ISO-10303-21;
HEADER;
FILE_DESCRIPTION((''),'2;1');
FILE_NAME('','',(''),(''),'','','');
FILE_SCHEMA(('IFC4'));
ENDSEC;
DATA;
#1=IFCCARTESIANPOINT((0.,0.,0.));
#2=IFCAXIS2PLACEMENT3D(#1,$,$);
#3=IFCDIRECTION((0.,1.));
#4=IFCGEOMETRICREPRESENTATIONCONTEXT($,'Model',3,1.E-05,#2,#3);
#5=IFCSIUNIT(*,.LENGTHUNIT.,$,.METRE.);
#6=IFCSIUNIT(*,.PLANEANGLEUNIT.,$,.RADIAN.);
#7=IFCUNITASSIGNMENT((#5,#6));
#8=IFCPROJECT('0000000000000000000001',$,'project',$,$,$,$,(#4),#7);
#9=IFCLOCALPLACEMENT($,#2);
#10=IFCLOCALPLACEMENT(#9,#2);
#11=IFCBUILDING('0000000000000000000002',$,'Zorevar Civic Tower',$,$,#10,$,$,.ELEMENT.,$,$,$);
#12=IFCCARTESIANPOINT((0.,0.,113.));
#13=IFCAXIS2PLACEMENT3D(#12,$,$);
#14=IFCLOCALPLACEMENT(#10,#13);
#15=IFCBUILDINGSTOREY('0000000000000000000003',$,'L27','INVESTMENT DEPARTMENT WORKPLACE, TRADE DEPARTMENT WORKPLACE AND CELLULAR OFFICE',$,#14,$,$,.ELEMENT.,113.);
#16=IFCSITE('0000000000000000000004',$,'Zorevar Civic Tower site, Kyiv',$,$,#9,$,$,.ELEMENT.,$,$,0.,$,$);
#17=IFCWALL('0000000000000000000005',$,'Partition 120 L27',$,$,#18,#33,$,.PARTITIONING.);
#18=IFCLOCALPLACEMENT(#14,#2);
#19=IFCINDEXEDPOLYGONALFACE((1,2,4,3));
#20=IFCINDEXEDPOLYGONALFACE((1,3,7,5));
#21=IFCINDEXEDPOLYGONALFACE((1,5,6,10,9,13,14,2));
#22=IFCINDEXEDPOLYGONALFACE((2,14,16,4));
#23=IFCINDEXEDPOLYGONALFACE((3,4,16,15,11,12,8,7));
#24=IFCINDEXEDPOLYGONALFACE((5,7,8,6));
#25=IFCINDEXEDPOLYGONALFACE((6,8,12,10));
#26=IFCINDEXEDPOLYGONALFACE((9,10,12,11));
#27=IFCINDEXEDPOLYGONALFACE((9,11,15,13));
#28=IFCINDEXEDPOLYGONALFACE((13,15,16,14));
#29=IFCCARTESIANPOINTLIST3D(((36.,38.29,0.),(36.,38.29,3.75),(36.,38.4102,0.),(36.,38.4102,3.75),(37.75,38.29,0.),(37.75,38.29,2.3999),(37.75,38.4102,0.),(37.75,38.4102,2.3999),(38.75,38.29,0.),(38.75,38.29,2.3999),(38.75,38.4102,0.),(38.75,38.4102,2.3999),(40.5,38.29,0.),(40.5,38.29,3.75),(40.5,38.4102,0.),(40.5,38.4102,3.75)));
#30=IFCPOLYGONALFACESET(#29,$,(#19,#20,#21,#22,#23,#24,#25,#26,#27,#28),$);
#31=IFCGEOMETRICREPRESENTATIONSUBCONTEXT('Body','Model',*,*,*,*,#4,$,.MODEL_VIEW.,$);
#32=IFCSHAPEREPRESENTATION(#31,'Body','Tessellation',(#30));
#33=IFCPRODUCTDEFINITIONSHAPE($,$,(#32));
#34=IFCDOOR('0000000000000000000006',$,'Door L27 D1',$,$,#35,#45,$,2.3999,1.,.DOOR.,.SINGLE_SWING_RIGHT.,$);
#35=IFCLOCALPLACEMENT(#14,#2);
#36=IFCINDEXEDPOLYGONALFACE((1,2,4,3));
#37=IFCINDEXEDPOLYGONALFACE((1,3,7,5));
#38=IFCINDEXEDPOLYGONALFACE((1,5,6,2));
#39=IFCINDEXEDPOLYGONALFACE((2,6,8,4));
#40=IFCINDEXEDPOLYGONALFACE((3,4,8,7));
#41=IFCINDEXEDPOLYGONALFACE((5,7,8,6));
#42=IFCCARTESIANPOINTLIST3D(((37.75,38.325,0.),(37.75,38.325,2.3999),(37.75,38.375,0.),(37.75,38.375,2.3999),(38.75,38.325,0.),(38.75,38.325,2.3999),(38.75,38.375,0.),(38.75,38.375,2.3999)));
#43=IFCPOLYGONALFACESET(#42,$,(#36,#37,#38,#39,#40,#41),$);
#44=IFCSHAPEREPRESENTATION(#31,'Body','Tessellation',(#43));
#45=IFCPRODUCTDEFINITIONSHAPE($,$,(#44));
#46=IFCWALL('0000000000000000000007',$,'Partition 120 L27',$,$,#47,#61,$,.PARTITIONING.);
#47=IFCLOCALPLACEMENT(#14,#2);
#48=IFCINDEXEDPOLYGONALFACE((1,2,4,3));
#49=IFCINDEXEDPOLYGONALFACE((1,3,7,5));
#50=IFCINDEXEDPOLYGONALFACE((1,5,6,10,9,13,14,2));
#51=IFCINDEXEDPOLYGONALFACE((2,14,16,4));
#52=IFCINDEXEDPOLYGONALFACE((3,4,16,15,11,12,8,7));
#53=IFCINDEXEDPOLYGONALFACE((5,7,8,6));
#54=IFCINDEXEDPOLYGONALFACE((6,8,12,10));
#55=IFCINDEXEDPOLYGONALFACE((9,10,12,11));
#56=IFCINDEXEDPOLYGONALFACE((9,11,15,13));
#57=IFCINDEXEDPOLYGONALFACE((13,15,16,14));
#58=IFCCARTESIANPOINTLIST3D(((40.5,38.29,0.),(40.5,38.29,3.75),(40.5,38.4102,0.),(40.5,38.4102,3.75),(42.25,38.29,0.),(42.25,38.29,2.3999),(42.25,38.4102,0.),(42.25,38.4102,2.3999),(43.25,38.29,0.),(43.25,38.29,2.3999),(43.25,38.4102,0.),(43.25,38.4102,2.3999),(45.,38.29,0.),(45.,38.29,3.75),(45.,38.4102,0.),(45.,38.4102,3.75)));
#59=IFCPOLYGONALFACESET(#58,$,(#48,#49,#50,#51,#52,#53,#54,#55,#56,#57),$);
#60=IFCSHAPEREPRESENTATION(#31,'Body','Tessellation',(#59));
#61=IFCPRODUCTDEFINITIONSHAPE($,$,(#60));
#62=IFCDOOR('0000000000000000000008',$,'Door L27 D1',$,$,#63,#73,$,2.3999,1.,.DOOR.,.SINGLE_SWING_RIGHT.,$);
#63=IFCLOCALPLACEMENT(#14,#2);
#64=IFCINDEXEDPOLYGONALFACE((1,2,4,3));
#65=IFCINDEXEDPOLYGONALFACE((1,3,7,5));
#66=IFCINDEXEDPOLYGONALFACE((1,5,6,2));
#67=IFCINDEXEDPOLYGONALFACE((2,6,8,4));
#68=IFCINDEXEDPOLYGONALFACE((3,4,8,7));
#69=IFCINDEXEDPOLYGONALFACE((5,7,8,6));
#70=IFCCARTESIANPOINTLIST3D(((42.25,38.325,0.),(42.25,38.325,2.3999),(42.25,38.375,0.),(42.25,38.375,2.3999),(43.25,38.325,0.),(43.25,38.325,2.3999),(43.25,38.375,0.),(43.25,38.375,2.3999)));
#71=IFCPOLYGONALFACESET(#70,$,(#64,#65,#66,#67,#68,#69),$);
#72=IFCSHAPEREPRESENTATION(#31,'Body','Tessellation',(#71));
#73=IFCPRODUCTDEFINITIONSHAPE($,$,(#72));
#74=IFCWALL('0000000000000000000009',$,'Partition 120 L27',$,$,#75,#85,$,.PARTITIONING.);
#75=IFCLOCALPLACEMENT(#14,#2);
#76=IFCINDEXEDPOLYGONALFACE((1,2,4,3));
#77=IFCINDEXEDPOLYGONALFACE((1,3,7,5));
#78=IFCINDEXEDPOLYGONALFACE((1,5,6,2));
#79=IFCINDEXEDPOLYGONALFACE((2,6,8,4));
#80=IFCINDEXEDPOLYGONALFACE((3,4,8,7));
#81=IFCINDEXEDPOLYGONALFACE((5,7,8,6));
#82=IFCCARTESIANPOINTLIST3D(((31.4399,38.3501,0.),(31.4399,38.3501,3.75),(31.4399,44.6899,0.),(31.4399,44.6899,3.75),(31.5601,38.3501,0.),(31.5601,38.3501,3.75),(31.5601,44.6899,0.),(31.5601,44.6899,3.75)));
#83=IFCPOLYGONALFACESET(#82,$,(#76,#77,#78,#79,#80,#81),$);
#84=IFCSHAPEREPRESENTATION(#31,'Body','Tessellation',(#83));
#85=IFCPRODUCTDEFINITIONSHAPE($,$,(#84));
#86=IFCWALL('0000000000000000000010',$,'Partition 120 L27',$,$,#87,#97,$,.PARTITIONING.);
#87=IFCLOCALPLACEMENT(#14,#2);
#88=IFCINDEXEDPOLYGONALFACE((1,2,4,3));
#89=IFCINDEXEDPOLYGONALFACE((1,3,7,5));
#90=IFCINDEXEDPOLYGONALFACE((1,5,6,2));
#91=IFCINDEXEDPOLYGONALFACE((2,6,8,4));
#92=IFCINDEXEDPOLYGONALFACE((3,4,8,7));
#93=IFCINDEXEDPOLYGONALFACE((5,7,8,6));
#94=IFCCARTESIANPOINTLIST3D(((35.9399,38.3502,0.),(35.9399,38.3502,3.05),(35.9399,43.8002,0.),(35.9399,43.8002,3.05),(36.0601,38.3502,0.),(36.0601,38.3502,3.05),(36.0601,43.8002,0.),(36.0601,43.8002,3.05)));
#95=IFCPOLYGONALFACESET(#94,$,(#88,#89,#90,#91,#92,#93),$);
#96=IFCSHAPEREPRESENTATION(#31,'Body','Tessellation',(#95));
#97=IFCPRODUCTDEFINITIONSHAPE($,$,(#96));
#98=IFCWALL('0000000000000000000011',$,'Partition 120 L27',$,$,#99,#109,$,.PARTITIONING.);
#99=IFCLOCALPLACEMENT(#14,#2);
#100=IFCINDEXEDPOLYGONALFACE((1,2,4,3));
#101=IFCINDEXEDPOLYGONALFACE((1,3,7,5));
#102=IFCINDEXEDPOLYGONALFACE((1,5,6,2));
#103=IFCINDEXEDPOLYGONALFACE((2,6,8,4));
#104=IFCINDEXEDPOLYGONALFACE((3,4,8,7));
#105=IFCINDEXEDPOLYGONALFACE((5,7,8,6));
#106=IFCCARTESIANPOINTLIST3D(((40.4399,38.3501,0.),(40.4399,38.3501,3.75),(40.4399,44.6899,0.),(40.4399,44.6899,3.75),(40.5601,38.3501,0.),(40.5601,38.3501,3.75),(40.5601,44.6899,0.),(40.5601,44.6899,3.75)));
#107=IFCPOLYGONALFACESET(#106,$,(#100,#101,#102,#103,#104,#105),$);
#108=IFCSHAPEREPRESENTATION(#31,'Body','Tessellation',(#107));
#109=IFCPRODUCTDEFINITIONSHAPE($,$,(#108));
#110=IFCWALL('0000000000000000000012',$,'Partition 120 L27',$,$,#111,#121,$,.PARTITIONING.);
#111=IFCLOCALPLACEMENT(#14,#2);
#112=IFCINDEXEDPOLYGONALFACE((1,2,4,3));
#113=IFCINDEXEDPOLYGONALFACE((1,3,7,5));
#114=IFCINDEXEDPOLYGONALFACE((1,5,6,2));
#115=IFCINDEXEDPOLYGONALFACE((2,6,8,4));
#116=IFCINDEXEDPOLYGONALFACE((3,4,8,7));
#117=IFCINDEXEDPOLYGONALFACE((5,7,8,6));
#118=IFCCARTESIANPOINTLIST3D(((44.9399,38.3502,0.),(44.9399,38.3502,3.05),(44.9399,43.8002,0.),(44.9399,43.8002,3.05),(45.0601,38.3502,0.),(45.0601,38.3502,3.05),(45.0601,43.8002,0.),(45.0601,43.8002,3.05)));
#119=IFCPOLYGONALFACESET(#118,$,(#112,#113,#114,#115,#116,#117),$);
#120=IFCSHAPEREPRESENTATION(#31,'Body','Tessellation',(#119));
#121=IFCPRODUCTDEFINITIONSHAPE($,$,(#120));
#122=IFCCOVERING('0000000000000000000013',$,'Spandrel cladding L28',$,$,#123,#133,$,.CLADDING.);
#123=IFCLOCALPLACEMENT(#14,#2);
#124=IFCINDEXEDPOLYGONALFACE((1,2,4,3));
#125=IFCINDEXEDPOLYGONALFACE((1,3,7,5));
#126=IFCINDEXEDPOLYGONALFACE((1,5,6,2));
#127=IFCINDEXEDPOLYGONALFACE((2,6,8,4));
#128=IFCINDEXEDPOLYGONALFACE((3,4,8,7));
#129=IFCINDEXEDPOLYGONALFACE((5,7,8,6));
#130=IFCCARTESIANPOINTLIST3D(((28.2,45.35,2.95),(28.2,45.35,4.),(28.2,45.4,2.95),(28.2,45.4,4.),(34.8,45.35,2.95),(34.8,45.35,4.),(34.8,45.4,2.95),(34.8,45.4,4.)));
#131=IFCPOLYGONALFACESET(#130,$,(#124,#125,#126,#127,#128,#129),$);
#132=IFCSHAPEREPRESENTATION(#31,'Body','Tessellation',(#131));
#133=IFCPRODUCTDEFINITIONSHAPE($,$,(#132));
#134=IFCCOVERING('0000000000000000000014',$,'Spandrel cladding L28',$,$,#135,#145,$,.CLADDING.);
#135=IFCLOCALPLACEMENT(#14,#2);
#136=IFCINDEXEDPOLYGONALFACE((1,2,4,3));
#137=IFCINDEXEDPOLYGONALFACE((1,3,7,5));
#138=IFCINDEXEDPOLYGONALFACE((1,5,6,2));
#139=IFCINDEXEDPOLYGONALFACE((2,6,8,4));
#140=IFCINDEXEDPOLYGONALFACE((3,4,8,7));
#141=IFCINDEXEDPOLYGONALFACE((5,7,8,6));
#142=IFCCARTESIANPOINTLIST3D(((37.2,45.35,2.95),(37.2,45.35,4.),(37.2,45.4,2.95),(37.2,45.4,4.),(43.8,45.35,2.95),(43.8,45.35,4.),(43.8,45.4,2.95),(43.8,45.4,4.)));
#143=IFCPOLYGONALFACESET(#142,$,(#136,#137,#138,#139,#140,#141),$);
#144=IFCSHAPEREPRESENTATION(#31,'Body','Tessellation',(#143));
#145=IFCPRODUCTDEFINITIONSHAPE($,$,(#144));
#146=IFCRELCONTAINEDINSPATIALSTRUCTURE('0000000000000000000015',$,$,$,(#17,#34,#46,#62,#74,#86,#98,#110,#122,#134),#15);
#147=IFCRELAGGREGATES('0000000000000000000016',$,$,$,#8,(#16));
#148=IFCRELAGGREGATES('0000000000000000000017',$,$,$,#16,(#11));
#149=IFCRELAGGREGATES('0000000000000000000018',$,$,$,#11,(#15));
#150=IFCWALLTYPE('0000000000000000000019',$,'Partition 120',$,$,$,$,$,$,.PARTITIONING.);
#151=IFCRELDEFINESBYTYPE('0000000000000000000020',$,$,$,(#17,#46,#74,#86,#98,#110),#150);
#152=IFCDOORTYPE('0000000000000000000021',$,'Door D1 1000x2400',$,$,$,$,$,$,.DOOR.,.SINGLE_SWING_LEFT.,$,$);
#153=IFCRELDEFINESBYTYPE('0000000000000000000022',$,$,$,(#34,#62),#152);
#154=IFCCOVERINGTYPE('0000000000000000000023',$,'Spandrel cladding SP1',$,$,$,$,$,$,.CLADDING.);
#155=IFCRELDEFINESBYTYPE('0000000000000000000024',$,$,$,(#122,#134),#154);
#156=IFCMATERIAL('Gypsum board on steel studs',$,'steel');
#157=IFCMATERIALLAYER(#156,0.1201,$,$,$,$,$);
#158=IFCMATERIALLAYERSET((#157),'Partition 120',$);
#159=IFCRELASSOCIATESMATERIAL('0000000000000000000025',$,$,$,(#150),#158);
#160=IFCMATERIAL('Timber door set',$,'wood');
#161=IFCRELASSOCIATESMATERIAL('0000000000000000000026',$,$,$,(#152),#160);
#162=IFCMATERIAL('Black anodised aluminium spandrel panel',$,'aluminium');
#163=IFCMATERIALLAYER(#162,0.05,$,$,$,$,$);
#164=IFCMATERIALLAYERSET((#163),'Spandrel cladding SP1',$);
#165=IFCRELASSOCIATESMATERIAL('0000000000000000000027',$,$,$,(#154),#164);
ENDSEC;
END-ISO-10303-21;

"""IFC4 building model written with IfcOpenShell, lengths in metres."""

from ifc_helpers import new_model, si_unit, direction, frame, frame_2d, origin, place, context, subcontext, project, spatial, rectangle, extrude, material, layer, layer_set, type_object, element, fill, save


model = new_model("IFC4")

# Units and contexts
model_context = context("Model", 3, precision=1e-05, world=origin(), true_north=direction((0.0, 1.0)))
body_context = subcontext(model_context, "Body", "Model", "MODEL_VIEW")
ifc_project = project(units=[si_unit("LENGTHUNIT", "METRE"), si_unit("PLANEANGLEUNIT", "RADIAN")], contexts=[model_context])

# Site, building, storey
site_placement = place(None, origin())
site = spatial("IfcSite", under=ifc_project, at=site_placement, Name="Zorevar Civic Tower site, Kyiv", CompositionType="ELEMENT", RefElevation=0.0)
building_placement = place(site_placement, origin())
building = spatial("IfcBuilding", under=site, at=building_placement, Name="Zorevar Civic Tower", CompositionType="ELEMENT")
storey_placement = place(building_placement, frame((0.0, 0.0, 113.0)))
storey = spatial("IfcBuildingStorey", under=building, at=storey_placement, Name="L27", Description="INVESTMENT DEPARTMENT WORKPLACE, TRADE DEPARTMENT WORKPLACE AND CELLULAR OFFICE", CompositionType="ELEMENT", Elevation=113.0)

# Walls, openings, doors
ifc_material_1 = material(Name="Gypsum board on steel studs", Category="steel")
ifc_layer_1 = layer(ifc_material_1, 0.1201)
ifc_layer_set_1 = layer_set([ifc_layer_1], Name="Partition 120")
wall_type = type_object("IfcWallType", Name="Partition 120", PredefinedType="PARTITIONING", material=ifc_layer_set_1)
wall_1_placement = place(storey_placement, frame((36.0, 38.3501, 0.0), z_axis=(0.0, 0.0, 1.0), x_axis=(1.0, 0.0, 0.0)))
wall_1 = element("IfcWall", 1, at=wall_1_placement, inside=storey, type_object=wall_type, Name="Partition 120 L27", PredefinedType="PARTITIONING", context=body_context, shape_type="SweptSolid", body=[
    extrude(rectangle(XDim=4.5, YDim=0.1201, at=frame_2d((2.25, 0.0))), origin(), (0.0, 0.0, 1.0), 3.75),
])
opening_1_placement = place(wall_1_placement, frame((1.75, 0.0, 0.0)))
opening_1 = element("IfcOpeningElement", 2, at=opening_1_placement, cuts=wall_1, PredefinedType="OPENING", context=body_context, shape_type="SweptSolid", body=[
    extrude(rectangle(XDim=1.0, YDim=2.3999, at=frame_2d((0.5, 1.2))), frame((0.0, 0.0701, 0.0), z_axis=(0.0, -1.0, 0.0), x_axis=(1.0, 0.0, 0.0)), (0.0, 0.0, 1.0), 0.1401),
])
ifc_material_2 = material(Name="Timber door set", Category="wood")
door_type = type_object("IfcDoorType", Name="Door D1 1000x2400", OperationType="SINGLE_SWING_LEFT", PredefinedType="DOOR", material=ifc_material_2)
door_1_placement = place(opening_1_placement, origin())
door_1 = element("IfcDoor", 3, at=door_1_placement, inside=storey, type_object=door_type, Name="Door L27 D1", OperationType="SINGLE_SWING_RIGHT", OverallHeight=2.3999, OverallWidth=1.0, PredefinedType="DOOR", context=body_context, shape_type="SweptSolid", body=[
    extrude(rectangle(XDim=1.0, YDim=2.3999, at=frame_2d((0.5, 1.2))), frame((0.0, 0.0249, 0.0), z_axis=(0.0, -1.0, 0.0), x_axis=(1.0, 0.0, 0.0)), (0.0, 0.0, 1.0), 0.05),
])
fill(opening_1, door_1)
wall_2_placement = place(storey_placement, frame((40.5, 38.3501, 0.0), z_axis=(0.0, 0.0, 1.0), x_axis=(1.0, 0.0, 0.0)))
wall_2 = element("IfcWall", 4, at=wall_2_placement, inside=storey, type_object=wall_type, Name="Partition 120 L27", PredefinedType="PARTITIONING", context=body_context, shape_type="SweptSolid", body=[
    extrude(rectangle(XDim=4.5, YDim=0.1201, at=frame_2d((2.25, 0.0))), origin(), (0.0, 0.0, 1.0), 3.75),
])
opening_2_placement = place(wall_2_placement, frame((1.75, 0.0, 0.0)))
opening_2 = element("IfcOpeningElement", 5, at=opening_2_placement, cuts=wall_2, PredefinedType="OPENING", context=body_context, shape_type="SweptSolid", body=[
    extrude(rectangle(XDim=1.0, YDim=2.3999, at=frame_2d((0.5, 1.2))), frame((0.0, 0.0701, 0.0), z_axis=(0.0, -1.0, 0.0), x_axis=(1.0, 0.0, 0.0)), (0.0, 0.0, 1.0), 0.1401),
])
door_2_placement = place(opening_2_placement, origin())
door_2 = element("IfcDoor", 6, at=door_2_placement, inside=storey, type_object=door_type, Name="Door L27 D1", OperationType="SINGLE_SWING_RIGHT", OverallHeight=2.3999, OverallWidth=1.0, PredefinedType="DOOR", context=body_context, shape_type="SweptSolid", body=[
    extrude(rectangle(XDim=1.0, YDim=2.3999, at=frame_2d((0.5, 1.2))), frame((0.0, 0.0249, 0.0), z_axis=(0.0, -1.0, 0.0), x_axis=(1.0, 0.0, 0.0)), (0.0, 0.0, 1.0), 0.05),
])
fill(opening_2, door_2)

# Walls
wall_3_placement = place(storey_placement, frame((31.5, 38.3501, 0.0), z_axis=(0.0, 0.0, 1.0), x_axis=(0.0, 1.0, 0.0)))
element("IfcWall", 7, at=wall_3_placement, inside=storey, type_object=wall_type, Name="Partition 120 L27", PredefinedType="PARTITIONING", context=body_context, shape_type="SweptSolid", body=[
    extrude(rectangle(XDim=6.3398, YDim=0.1201, at=frame_2d((3.1699, 0.0))), origin(), (0.0, 0.0, 1.0), 3.75),
])
wall_4_placement = place(storey_placement, frame((36.0, 38.3501, 0.0), z_axis=(0.0, 0.0, 1.0), x_axis=(0.0, 1.0, 0.0)))
element("IfcWall", 8, at=wall_4_placement, inside=storey, type_object=wall_type, Name="Partition 120 L27", PredefinedType="PARTITIONING", context=body_context, shape_type="SweptSolid", body=[
    extrude(rectangle(XDim=5.45, YDim=0.1201, at=frame_2d((2.7251, 0.0))), origin(), (0.0, 0.0, 1.0), 3.05),
])
wall_5_placement = place(storey_placement, frame((40.5, 38.3501, 0.0), z_axis=(0.0, 0.0, 1.0), x_axis=(0.0, 1.0, 0.0)))
element("IfcWall", 9, at=wall_5_placement, inside=storey, type_object=wall_type, Name="Partition 120 L27", PredefinedType="PARTITIONING", context=body_context, shape_type="SweptSolid", body=[
    extrude(rectangle(XDim=6.3398, YDim=0.1201, at=frame_2d((3.1699, 0.0))), origin(), (0.0, 0.0, 1.0), 3.75),
])
wall_6_placement = place(storey_placement, frame((45.0, 38.3501, 0.0), z_axis=(0.0, 0.0, 1.0), x_axis=(0.0, 1.0, 0.0)))
element("IfcWall", 10, at=wall_6_placement, inside=storey, type_object=wall_type, Name="Partition 120 L27", PredefinedType="PARTITIONING", context=body_context, shape_type="SweptSolid", body=[
    extrude(rectangle(XDim=5.45, YDim=0.1201, at=frame_2d((2.7251, 0.0))), origin(), (0.0, 0.0, 1.0), 3.05),
])

# Coverings
ifc_material_3 = material(Name="Black anodised aluminium spandrel panel", Category="aluminium")
ifc_layer_2 = layer(ifc_material_3, 0.05)
ifc_layer_set_2 = layer_set([ifc_layer_2], Name="Spandrel cladding SP1")
covering_type = type_object("IfcCoveringType", Name="Spandrel cladding SP1", PredefinedType="CLADDING", material=ifc_layer_set_2)
for number, where, z_axis, x_axis, name in (
    (11, (28.2, 45.375, 2.95), (0.0, 0.0, 1.0), (1.0, 0.0, 0.0), "Spandrel cladding L28"),
    (12, (37.2, 45.375, 2.95), (0.0, 0.0, 1.0), (1.0, 0.0, 0.0), "Spandrel cladding L28"),
):
    element("IfcCovering", number, at=place(storey_placement, frame(where, z_axis=z_axis, x_axis=x_axis)), inside=storey, type_object=covering_type, Name=name, PredefinedType="CLADDING", context=body_context, shape_type="SweptSolid", body=[
        extrude(rectangle(XDim=6.6001, YDim=0.05, at=frame_2d((3.3, 0.0))), origin(), (0.0, 0.0, 1.0), 1.05),
    ])

save(model, "model.ifc")
